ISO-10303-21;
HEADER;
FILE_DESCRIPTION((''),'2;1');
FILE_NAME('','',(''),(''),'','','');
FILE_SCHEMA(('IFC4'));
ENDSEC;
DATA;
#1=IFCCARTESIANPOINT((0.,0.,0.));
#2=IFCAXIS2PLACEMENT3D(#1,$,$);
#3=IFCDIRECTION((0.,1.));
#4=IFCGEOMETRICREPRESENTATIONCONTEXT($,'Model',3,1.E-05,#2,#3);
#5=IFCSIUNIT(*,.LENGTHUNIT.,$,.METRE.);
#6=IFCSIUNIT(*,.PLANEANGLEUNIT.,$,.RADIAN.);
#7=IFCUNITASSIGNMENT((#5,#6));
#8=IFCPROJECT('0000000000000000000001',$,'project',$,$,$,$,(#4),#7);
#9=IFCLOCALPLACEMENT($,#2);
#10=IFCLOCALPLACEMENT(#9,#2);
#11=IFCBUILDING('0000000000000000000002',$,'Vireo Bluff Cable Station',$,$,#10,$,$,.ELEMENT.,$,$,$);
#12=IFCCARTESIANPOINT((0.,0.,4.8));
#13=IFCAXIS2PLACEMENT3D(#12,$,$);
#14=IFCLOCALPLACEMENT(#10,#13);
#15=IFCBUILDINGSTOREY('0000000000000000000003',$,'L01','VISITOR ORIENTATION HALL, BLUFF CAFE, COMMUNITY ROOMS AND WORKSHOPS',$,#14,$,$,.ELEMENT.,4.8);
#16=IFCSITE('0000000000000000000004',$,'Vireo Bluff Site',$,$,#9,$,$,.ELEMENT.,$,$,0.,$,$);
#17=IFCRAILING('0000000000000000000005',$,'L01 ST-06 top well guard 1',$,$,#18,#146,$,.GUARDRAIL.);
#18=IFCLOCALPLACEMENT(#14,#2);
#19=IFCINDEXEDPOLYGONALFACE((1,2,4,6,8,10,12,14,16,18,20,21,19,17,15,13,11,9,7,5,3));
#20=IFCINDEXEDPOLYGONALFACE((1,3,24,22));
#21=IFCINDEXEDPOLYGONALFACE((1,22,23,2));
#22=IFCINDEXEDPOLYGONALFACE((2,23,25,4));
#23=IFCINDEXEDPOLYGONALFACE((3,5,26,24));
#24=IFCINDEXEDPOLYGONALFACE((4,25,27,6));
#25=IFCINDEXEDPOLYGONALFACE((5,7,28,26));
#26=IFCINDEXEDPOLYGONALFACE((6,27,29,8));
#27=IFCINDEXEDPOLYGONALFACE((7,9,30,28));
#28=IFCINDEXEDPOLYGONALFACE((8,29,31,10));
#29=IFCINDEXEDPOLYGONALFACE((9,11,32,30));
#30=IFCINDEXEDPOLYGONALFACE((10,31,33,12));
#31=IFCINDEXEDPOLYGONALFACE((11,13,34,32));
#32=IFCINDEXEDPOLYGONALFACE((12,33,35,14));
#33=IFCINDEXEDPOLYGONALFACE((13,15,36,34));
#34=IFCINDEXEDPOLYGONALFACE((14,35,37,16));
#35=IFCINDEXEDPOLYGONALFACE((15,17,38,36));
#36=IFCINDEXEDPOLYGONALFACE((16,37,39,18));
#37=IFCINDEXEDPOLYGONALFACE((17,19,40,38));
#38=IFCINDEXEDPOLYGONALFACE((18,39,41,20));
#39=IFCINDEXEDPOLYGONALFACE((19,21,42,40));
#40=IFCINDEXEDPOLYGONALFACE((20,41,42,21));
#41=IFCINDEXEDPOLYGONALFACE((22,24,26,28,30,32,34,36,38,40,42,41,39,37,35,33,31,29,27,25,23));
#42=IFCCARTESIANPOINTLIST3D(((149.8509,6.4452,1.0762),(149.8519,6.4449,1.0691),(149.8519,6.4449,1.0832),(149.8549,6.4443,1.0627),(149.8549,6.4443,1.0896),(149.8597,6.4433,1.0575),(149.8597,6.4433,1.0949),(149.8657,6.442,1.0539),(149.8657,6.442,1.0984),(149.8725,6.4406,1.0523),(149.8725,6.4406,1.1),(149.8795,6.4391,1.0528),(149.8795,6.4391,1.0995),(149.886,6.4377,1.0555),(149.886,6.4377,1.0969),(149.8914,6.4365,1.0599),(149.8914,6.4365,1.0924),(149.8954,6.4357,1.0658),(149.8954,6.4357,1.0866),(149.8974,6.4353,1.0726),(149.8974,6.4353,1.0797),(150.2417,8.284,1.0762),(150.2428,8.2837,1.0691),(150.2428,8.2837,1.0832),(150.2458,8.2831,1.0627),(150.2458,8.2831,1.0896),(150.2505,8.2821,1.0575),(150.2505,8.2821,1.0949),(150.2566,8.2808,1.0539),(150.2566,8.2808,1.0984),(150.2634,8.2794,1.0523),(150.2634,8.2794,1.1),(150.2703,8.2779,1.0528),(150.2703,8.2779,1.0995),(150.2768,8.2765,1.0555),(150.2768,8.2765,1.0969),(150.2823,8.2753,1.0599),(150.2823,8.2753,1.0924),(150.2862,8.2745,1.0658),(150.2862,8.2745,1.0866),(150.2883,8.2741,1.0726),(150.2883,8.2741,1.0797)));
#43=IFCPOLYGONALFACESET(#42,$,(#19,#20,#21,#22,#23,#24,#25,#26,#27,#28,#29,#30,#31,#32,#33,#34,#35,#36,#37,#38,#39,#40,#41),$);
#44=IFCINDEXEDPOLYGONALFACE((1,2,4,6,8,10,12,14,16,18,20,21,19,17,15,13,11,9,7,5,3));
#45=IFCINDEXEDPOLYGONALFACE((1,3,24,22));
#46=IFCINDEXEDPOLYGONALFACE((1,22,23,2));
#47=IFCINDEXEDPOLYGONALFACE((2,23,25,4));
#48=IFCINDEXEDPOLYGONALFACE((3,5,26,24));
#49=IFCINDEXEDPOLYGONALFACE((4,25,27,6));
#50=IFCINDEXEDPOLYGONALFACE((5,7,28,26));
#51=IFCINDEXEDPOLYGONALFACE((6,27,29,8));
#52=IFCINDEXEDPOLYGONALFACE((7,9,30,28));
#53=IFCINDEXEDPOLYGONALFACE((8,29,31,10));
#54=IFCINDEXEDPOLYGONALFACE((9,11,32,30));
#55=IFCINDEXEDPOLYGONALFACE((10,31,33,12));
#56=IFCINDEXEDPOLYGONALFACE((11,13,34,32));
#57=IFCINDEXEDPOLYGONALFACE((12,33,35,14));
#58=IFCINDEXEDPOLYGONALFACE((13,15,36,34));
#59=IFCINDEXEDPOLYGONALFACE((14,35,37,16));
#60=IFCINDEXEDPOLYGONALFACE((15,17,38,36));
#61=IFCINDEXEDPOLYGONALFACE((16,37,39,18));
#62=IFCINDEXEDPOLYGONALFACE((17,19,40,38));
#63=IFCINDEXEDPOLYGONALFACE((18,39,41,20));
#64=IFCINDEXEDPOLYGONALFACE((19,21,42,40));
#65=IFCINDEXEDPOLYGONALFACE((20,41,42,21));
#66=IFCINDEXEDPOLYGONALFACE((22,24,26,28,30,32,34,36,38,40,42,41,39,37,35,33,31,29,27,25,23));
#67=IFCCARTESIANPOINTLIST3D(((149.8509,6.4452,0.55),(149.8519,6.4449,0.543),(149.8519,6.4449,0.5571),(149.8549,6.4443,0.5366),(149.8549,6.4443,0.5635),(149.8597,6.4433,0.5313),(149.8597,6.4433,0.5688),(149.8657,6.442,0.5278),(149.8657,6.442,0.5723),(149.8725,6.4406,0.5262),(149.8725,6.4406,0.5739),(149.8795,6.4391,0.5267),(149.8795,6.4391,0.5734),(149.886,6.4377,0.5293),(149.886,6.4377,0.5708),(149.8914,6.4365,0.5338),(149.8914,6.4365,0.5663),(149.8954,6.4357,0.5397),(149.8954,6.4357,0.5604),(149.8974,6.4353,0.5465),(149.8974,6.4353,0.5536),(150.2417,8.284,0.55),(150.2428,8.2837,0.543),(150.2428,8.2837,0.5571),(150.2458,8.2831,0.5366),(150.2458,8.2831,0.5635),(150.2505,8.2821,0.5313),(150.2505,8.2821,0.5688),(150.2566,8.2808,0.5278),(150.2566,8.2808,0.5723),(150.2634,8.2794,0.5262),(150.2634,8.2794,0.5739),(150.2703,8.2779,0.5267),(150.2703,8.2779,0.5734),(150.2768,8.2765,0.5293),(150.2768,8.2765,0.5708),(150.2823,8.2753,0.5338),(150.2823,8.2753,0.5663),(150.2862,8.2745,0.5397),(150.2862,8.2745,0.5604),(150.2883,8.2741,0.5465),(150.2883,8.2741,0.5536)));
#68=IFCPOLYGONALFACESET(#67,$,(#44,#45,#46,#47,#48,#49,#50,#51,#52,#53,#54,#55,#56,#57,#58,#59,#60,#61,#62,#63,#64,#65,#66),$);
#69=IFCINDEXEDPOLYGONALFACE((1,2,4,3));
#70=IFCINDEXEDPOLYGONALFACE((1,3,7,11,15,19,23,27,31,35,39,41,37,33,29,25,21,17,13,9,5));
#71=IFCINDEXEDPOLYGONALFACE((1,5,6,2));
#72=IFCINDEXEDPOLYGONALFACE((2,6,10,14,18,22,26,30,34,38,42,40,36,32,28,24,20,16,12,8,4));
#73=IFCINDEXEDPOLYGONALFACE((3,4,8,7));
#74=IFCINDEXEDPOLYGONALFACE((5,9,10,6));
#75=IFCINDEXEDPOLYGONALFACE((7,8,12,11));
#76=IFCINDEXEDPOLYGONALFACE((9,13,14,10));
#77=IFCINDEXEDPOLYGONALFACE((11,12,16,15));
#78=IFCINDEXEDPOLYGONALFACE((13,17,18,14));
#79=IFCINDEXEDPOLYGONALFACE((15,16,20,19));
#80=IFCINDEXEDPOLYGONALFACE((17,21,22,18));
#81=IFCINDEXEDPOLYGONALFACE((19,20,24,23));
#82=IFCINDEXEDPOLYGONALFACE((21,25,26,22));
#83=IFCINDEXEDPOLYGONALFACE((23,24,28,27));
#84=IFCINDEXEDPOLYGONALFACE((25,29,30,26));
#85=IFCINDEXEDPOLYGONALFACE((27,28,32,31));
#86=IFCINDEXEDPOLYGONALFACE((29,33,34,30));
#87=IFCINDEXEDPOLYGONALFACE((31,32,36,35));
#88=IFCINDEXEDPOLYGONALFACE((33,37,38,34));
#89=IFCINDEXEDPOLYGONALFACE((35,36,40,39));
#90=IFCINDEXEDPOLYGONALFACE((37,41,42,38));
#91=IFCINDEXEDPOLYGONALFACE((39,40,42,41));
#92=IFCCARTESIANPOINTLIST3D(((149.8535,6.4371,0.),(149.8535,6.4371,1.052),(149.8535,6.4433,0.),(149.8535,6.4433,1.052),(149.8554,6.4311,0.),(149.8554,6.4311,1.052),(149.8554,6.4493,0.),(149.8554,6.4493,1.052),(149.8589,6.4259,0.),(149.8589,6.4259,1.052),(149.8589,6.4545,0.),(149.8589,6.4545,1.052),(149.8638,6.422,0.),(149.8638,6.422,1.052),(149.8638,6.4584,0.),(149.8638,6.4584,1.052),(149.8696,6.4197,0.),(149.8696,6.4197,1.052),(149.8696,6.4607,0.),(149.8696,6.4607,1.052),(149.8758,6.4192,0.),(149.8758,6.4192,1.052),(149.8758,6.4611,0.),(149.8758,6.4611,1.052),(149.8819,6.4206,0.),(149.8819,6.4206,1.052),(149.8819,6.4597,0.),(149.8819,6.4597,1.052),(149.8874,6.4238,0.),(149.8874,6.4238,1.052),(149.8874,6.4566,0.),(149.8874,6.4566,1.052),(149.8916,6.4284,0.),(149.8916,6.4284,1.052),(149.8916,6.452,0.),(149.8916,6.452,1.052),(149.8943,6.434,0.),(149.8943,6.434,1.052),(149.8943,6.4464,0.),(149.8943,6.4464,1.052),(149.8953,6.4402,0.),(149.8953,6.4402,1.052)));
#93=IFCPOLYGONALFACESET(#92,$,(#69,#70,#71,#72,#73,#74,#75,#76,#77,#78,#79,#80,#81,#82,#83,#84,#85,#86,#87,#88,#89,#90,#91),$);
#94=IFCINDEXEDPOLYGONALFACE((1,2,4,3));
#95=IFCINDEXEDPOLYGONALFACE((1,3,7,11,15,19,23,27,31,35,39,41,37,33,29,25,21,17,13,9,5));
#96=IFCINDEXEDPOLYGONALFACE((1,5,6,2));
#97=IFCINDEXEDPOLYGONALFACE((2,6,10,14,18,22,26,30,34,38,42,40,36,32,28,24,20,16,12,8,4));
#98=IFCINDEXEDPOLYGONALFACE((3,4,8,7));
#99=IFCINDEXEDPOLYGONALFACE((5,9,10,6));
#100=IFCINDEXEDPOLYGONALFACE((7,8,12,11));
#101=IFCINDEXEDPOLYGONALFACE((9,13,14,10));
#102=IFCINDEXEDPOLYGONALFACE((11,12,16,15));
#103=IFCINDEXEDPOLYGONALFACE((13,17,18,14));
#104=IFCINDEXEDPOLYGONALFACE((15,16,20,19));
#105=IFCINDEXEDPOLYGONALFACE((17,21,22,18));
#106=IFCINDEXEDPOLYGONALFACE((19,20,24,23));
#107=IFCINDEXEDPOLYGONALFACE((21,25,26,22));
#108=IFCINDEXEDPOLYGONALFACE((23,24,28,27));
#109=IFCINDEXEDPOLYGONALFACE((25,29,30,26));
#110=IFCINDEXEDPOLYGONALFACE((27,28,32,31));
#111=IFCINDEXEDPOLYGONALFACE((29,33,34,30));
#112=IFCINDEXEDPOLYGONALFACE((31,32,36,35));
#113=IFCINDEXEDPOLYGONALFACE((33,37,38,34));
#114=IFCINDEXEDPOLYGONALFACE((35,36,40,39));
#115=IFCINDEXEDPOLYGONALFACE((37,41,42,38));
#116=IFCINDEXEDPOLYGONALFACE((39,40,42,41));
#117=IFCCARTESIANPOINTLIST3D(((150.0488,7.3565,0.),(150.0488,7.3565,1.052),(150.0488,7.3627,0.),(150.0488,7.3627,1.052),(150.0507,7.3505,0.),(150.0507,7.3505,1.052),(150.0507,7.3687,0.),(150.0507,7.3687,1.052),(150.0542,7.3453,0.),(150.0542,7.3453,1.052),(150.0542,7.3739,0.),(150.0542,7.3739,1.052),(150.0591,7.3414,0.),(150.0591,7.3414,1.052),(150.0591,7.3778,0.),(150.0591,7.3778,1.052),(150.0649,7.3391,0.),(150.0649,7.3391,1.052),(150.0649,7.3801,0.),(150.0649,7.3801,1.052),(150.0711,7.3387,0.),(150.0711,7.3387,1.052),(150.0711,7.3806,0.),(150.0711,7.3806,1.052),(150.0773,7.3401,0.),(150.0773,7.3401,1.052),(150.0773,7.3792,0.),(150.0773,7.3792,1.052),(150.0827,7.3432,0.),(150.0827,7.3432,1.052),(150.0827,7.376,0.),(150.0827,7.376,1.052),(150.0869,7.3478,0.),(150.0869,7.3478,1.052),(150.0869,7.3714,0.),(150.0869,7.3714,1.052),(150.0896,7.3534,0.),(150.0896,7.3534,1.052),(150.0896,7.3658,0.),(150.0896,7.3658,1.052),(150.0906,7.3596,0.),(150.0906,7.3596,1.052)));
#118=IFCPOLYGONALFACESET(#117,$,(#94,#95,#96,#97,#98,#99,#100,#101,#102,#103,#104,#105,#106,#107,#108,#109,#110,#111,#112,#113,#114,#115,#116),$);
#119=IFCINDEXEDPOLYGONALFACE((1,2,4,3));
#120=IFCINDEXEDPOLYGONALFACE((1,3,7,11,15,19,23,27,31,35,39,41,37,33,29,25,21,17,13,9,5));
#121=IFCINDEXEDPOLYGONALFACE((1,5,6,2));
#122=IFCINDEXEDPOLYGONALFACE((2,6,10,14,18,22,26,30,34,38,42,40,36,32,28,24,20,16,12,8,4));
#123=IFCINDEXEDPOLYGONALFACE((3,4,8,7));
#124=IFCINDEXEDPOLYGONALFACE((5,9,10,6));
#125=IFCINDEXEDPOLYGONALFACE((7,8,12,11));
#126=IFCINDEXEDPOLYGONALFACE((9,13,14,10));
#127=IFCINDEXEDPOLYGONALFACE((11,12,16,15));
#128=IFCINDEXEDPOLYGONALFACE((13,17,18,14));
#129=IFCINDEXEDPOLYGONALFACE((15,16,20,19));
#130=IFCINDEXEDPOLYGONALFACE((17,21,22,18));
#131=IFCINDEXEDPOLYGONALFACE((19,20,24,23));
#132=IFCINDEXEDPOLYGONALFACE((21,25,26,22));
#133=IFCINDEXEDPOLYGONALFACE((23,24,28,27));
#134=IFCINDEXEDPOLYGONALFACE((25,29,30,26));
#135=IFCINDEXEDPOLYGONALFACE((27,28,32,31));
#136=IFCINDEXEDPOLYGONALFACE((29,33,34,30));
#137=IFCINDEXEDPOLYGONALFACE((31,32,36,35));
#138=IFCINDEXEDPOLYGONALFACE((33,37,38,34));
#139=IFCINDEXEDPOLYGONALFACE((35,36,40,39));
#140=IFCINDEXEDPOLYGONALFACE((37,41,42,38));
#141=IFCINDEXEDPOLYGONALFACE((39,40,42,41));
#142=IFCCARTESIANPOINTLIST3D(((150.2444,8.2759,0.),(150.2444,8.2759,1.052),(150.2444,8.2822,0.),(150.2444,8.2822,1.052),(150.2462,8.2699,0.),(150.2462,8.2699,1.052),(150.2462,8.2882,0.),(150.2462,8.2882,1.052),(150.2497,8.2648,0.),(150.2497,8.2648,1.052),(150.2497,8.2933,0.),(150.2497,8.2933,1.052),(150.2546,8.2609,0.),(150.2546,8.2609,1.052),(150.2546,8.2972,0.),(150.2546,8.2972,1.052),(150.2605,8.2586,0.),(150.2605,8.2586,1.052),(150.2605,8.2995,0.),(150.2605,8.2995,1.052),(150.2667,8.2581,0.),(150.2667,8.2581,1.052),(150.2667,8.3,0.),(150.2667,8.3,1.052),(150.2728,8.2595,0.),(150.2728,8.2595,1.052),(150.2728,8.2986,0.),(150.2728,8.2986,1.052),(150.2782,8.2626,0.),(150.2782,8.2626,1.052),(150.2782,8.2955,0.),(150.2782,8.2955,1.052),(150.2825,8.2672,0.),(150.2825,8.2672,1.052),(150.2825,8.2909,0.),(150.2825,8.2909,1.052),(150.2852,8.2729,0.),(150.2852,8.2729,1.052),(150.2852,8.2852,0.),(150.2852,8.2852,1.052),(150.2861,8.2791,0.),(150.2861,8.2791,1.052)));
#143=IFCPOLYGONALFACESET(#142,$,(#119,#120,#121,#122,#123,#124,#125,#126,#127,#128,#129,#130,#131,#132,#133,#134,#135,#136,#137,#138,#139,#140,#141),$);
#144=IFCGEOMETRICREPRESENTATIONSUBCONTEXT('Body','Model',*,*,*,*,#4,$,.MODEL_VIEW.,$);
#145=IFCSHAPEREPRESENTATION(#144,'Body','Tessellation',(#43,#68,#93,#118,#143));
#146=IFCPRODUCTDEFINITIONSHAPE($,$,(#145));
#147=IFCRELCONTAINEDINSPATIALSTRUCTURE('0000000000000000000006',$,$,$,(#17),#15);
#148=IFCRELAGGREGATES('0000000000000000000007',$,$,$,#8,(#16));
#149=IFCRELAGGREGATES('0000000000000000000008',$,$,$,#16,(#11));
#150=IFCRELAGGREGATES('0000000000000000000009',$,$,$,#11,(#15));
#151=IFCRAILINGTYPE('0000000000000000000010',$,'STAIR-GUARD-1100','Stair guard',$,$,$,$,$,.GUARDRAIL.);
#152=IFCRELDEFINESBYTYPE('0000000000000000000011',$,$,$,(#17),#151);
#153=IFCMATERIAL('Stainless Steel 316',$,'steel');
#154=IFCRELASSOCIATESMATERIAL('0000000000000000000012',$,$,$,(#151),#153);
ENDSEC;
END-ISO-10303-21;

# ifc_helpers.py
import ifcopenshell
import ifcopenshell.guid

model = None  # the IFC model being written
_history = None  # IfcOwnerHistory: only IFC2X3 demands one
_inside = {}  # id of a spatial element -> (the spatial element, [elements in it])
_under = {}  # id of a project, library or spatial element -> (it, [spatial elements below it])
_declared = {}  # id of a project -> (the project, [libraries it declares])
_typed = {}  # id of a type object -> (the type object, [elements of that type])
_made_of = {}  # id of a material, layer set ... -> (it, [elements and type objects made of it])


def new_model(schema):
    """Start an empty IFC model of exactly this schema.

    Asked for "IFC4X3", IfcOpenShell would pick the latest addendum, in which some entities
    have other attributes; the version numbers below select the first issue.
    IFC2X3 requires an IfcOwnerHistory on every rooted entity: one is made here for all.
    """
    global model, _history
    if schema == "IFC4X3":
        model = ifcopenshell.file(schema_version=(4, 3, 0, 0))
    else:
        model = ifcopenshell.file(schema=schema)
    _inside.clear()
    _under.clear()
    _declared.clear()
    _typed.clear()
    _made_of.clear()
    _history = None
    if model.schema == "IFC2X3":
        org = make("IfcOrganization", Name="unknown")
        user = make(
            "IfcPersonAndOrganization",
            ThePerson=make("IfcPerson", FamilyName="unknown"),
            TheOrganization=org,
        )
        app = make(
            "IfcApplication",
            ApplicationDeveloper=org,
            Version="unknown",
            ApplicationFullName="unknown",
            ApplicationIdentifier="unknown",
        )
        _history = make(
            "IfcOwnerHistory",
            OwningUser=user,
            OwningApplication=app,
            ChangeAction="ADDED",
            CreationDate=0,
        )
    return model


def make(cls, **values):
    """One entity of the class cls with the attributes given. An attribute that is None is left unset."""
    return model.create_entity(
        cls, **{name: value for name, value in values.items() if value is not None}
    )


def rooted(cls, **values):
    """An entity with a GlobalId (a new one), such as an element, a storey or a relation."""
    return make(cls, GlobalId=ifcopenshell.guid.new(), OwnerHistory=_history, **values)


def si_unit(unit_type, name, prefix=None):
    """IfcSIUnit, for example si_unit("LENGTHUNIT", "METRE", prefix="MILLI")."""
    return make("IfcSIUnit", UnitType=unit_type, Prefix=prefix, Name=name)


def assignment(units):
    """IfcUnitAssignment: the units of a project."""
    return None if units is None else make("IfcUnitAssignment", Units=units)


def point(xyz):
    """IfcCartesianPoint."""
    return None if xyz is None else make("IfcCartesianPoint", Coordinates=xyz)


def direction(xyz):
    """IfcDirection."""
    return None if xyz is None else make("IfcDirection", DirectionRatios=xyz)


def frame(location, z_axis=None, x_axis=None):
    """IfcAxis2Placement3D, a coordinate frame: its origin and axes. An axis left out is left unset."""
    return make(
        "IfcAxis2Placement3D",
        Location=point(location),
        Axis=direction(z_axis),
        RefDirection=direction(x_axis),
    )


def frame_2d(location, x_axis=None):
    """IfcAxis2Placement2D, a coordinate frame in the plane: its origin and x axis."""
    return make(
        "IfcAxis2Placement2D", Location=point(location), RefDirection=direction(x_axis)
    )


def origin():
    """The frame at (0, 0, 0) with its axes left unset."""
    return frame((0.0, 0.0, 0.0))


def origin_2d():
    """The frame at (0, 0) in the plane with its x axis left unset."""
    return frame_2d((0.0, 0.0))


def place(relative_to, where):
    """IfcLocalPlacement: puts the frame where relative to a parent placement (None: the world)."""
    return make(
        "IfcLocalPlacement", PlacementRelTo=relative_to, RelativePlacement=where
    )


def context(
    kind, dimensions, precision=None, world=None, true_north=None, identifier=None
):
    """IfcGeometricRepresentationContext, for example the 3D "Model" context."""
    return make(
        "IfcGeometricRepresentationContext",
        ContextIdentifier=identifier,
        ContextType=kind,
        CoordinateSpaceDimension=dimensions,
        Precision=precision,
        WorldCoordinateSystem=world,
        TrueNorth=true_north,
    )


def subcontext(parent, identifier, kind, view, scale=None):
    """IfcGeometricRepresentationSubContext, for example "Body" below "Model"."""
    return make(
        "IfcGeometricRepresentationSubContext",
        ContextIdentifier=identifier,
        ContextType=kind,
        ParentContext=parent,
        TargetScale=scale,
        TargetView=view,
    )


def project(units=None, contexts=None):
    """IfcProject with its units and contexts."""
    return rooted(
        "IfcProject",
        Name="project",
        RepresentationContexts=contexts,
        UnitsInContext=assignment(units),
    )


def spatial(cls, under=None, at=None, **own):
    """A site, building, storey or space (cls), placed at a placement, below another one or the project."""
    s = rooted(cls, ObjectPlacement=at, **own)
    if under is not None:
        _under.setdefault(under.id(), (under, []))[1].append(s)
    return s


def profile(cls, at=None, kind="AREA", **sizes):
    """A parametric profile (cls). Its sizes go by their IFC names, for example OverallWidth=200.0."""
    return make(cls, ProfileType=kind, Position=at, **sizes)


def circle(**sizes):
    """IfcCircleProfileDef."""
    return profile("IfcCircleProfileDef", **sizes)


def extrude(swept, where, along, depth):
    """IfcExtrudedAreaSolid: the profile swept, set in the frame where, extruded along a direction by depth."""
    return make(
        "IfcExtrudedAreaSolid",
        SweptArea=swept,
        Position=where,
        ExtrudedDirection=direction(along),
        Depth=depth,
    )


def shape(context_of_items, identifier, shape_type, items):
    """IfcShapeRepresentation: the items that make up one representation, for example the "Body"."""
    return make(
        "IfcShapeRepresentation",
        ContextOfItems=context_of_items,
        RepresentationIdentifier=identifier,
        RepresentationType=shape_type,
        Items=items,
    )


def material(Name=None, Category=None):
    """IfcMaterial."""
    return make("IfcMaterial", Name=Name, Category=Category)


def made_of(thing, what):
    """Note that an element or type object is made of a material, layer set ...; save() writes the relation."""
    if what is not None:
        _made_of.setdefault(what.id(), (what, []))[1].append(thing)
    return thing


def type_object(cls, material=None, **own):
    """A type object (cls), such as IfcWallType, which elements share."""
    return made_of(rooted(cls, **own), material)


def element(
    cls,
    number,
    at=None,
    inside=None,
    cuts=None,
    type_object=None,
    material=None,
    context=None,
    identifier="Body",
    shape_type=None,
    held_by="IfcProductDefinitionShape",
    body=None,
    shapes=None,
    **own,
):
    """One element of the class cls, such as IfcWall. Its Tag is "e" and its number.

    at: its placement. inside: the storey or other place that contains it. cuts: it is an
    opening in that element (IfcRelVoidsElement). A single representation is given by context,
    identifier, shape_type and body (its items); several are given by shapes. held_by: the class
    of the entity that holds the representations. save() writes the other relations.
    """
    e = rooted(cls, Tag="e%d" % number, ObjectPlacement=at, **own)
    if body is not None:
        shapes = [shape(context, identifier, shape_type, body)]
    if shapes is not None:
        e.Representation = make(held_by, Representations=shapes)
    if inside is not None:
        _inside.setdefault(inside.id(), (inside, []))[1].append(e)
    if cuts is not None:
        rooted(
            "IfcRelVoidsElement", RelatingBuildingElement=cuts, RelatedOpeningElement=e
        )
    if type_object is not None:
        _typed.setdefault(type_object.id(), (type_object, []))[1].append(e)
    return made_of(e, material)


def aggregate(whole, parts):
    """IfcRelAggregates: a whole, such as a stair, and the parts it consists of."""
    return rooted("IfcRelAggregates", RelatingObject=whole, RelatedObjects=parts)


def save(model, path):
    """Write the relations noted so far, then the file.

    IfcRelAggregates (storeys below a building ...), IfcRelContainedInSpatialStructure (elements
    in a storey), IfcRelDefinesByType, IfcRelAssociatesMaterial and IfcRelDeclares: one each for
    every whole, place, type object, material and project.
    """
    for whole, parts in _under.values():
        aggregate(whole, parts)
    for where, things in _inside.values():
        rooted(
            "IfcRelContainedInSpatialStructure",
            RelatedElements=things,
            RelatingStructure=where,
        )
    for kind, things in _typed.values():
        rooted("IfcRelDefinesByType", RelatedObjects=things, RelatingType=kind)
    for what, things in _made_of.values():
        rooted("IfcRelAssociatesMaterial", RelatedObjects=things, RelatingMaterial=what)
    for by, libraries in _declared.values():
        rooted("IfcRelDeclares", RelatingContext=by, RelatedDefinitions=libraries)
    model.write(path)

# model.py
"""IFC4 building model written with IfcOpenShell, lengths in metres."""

from ifc_helpers import new_model, si_unit, direction, frame, origin, origin_2d, place, context, subcontext, project, spatial, circle, extrude, material, type_object, element, save


model = new_model("IFC4")

# Units and contexts
model_context = context("Model", 3, precision=1e-05, world=origin(), true_north=direction((0.0, 1.0)))
body_context = subcontext(model_context, "Body", "Model", "MODEL_VIEW")
ifc_project = project(units=[si_unit("LENGTHUNIT", "METRE"), si_unit("PLANEANGLEUNIT", "RADIAN")], contexts=[model_context])

# Site, building, storey
site_placement = place(None, origin())
site = spatial("IfcSite", under=ifc_project, at=site_placement, Name="Vireo Bluff Site", CompositionType="ELEMENT", RefElevation=0.0)
building_placement = place(site_placement, origin())
building = spatial("IfcBuilding", under=site, at=building_placement, Name="Vireo Bluff Cable Station", CompositionType="ELEMENT")
storey_placement = place(building_placement, frame((0.0, 0.0, 4.8)))
storey = spatial("IfcBuildingStorey", under=building, at=storey_placement, Name="L01", Description="VISITOR ORIENTATION HALL, BLUFF CAFE, COMMUNITY ROOMS AND WORKSHOPS", CompositionType="ELEMENT", Elevation=4.8)

# Railing
ifc_material_1 = material(Name="Stainless Steel 316", Category="steel")
railing_type = type_object("IfcRailingType", Name="STAIR-GUARD-1100", Description="Stair guard", PredefinedType="GUARDRAIL", material=ifc_material_1)
railing_1_placement = place(storey_placement, frame((149.8743, 6.4402, 0.0)))
element("IfcRailing", 1, at=railing_1_placement, inside=storey, type_object=railing_type, Name="L01 ST-06 top well guard 1", PredefinedType="GUARDRAIL", context=body_context, shape_type="SweptSolid", body=[
    extrude(circle(Radius=0.0239, at=origin_2d()), frame((0.0, 0.0, 1.0762), z_axis=(0.207915, 0.978147, 0.0), x_axis=(-0.978147, 0.207915, 0.0)), (0.0, 0.0, 1.0), 1.8799),
    extrude(circle(Radius=0.0239, at=origin_2d()), frame((0.0, 0.0, 0.55), z_axis=(0.207915, 0.978147, 0.0), x_axis=(-0.978147, 0.207915, 0.0)), (0.0, 0.0, 1.0), 1.8799),
    extrude(circle(Radius=0.021, at=origin_2d()), origin(), (0.0, 0.0, 1.0), 1.052),
    extrude(circle(Radius=0.021, at=origin_2d()), frame((0.1953, 0.9194, 0.0)), (0.0, 0.0, 1.0), 1.052),
    extrude(circle(Radius=0.021, at=origin_2d()), frame((0.3909, 1.8389, 0.0)), (0.0, 0.0, 1.0), 1.052),
])

save(model, "model.ifc")
